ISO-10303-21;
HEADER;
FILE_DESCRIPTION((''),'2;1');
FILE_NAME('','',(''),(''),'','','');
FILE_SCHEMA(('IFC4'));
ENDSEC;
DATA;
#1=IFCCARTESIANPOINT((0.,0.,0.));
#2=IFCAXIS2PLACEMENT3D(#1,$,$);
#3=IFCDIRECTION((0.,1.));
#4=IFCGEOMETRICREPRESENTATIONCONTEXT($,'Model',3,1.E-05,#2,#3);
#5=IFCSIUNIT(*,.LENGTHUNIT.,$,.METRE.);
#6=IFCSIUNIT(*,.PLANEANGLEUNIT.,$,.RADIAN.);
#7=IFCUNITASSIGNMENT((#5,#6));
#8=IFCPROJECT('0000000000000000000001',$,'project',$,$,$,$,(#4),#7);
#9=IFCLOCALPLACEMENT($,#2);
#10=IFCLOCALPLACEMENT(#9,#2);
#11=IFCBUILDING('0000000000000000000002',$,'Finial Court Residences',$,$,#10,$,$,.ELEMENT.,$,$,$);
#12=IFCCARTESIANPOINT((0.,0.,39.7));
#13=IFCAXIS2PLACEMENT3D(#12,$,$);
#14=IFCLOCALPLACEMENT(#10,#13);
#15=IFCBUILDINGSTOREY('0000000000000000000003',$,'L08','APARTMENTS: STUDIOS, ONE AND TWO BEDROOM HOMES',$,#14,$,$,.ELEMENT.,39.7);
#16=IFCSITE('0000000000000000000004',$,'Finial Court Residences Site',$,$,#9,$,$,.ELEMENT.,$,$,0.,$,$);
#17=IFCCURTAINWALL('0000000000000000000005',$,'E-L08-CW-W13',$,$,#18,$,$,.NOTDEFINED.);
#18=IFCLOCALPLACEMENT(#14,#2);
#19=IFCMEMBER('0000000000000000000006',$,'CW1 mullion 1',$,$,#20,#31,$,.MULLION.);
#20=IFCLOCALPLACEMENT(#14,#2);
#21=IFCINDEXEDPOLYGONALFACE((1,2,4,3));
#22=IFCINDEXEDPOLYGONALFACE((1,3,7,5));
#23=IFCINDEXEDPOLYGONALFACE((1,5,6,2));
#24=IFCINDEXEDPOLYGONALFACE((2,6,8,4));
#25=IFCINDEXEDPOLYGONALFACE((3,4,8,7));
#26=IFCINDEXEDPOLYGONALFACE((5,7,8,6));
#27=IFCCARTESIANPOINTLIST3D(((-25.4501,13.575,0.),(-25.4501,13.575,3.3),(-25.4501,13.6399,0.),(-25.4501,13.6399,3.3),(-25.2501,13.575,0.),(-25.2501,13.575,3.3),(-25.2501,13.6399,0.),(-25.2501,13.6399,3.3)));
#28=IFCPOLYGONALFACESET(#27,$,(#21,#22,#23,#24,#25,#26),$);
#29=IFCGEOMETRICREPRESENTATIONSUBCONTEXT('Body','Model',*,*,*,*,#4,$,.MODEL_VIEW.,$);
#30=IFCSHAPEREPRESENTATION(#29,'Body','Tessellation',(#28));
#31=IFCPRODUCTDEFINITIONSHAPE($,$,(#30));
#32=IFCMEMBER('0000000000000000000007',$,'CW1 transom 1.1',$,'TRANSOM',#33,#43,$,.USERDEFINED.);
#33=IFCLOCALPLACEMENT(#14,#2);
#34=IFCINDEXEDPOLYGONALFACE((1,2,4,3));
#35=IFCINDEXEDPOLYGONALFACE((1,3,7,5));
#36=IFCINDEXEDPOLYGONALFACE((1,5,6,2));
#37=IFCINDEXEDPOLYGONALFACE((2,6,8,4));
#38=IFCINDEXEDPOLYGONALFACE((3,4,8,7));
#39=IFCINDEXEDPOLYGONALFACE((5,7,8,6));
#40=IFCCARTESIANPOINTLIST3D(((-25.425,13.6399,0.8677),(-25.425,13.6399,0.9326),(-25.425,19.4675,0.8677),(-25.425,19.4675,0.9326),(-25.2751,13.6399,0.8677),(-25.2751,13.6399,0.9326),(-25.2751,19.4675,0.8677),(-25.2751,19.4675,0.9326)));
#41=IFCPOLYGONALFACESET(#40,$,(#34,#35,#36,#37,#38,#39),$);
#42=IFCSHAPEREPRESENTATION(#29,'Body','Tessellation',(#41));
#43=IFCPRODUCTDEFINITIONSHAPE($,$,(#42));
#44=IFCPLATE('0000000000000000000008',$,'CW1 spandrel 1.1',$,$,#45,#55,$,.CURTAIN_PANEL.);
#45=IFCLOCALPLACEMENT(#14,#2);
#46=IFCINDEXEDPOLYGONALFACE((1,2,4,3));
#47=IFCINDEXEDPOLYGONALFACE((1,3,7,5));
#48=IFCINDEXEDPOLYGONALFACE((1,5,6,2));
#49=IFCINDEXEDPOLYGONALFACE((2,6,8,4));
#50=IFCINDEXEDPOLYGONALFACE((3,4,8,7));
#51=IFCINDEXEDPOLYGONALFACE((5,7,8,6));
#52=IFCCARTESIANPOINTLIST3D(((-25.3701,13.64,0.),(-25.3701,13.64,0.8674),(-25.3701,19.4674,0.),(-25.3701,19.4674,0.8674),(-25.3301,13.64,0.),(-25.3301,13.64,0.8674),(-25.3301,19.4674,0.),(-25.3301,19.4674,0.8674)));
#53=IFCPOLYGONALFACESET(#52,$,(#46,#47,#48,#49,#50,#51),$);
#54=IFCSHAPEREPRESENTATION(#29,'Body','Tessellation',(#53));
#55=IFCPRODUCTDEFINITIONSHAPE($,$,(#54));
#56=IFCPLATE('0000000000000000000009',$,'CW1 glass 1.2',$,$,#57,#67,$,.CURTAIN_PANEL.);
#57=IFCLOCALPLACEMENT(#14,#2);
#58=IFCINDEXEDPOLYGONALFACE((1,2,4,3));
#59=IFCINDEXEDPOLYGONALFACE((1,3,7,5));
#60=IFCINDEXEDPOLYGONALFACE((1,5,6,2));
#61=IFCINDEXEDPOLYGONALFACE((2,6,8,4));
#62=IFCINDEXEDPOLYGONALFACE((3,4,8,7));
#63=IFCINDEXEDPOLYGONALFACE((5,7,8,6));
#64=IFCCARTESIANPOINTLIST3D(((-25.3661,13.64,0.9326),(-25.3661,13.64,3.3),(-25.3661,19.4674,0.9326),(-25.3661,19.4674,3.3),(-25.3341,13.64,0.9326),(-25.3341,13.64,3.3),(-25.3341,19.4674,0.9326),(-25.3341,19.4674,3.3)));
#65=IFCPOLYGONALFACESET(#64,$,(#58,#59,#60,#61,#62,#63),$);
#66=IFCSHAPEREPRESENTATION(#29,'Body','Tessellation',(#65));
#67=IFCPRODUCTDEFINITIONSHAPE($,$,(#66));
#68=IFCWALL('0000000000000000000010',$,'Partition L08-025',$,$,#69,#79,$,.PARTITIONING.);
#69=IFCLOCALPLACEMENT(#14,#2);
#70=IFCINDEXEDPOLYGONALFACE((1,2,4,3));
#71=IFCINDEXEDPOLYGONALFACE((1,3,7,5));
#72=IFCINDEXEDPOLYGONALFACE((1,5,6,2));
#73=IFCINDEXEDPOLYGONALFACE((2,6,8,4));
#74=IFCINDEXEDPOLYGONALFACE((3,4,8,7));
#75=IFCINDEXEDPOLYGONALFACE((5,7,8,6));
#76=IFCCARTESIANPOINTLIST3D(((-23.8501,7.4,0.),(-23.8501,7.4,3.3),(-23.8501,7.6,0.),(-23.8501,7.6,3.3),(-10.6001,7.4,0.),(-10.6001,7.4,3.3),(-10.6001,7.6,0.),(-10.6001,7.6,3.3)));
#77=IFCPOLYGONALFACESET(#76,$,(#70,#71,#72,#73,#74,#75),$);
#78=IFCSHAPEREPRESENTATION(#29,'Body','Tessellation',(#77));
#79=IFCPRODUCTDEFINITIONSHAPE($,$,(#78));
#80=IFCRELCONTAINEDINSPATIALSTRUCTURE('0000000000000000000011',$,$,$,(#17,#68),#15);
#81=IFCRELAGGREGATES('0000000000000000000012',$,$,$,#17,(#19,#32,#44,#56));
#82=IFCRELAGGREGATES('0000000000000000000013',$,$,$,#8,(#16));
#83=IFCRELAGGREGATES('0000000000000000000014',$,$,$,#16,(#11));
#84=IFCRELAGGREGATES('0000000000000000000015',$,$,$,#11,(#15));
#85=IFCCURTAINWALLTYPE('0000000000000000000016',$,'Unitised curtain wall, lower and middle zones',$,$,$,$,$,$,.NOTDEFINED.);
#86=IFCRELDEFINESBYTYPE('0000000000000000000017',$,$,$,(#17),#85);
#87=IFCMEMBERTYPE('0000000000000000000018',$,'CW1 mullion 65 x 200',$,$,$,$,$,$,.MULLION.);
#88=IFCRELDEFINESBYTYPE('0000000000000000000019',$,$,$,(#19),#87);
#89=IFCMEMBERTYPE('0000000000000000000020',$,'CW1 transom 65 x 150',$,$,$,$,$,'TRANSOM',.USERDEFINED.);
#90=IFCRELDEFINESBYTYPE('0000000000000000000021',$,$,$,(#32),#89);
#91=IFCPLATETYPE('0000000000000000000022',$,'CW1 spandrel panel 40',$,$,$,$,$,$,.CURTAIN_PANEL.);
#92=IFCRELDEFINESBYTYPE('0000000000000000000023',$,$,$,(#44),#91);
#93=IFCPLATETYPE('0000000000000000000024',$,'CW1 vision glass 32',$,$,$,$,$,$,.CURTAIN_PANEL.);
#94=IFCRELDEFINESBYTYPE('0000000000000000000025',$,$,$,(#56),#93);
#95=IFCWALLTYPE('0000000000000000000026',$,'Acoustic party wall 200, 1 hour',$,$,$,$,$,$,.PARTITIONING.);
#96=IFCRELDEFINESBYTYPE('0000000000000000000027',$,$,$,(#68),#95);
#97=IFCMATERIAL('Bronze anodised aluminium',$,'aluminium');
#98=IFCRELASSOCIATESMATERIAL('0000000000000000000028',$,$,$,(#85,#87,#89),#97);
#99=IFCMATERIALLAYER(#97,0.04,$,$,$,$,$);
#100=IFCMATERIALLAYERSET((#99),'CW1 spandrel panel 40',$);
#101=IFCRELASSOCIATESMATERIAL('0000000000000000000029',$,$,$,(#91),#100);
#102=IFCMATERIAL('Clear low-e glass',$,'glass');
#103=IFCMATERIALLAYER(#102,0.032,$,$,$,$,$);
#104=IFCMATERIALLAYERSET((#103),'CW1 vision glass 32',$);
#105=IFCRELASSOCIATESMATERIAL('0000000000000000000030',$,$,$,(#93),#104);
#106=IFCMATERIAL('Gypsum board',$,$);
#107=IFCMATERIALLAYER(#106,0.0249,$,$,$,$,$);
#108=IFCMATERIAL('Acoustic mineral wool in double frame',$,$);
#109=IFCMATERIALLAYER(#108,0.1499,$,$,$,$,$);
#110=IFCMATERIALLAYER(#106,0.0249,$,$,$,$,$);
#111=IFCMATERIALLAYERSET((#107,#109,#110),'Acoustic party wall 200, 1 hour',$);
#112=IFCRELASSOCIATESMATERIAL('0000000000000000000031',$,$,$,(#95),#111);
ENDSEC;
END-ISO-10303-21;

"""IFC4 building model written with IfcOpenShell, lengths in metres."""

from ifc_helpers import new_model, si_unit, direction, frame, frame_2d, origin, origin_2d, place, context, subcontext, project, spatial, rectangle, extrude, material, layer, layer_set, material_profile, profile_set, type_object, element, aggregate, save


model = new_model("IFC4")

# Units and contexts
model_context = context("Model", 3, precision=1e-05, world=origin(), true_north=direction((0.0, 1.0)))
body_context = subcontext(model_context, "Body", "Model", "MODEL_VIEW")
ifc_project = project(units=[si_unit("LENGTHUNIT", "METRE"), si_unit("PLANEANGLEUNIT", "RADIAN")], contexts=[model_context])

# Site, building, storey
site_placement = place(None, origin())
site = spatial("IfcSite", under=ifc_project, at=site_placement, Name="Finial Court Residences Site", CompositionType="ELEMENT", RefElevation=0.0)
building_placement = place(site_placement, origin())
building = spatial("IfcBuilding", under=site, at=building_placement, Name="Finial Court Residences", CompositionType="ELEMENT")
storey_placement = place(building_placement, frame((0.0, 0.0, 39.7)))
storey = spatial("IfcBuildingStorey", under=building, at=storey_placement, Name="L08", Description="APARTMENTS: STUDIOS, ONE AND TWO BEDROOM HOMES", CompositionType="ELEMENT", Elevation=39.7)

# Curtain wall, members, plates
ifc_material_1 = material(Name="Bronze anodised aluminium", Category="aluminium")
curtain_wall_type = type_object("IfcCurtainWallType", Name="Unitised curtain wall, lower and middle zones", PredefinedType="NOTDEFINED", material=ifc_material_1)
curtain_wall_placement = place(storey_placement, origin())
curtain_wall = element("IfcCurtainWall", 1, at=curtain_wall_placement, inside=storey, type_object=curtain_wall_type, Name="E-L08-CW-W13", PredefinedType="NOTDEFINED")
ifc_material_profile_1 = material_profile(ifc_material_1, rectangle(XDim=0.2, YDim=0.0649, at=origin_2d()), Name="CW1 mullion 65 x 200")
ifc_profile_set_1 = profile_set([ifc_material_profile_1], Name="Bronze anodised aluminium")
member_type_1 = type_object("IfcMemberType", Name="CW1 mullion 65 x 200", PredefinedType="MULLION", material=ifc_profile_set_1)
member_1_placement = place(storey_placement, frame((-25.3501, 13.6074, 0.0), z_axis=(0.0, 0.0, 1.0), x_axis=(-1.0, 0.0, 0.0)))
member_1 = element("IfcMember", 2, at=member_1_placement, type_object=member_type_1, Name="CW1 mullion 1", PredefinedType="MULLION", context=body_context, shape_type="SweptSolid", body=[
    extrude(rectangle(XDim=0.2, YDim=0.0649, at=origin_2d()), origin(), (0.0, 0.0, 1.0), 3.3),
])
ifc_material_profile_2 = material_profile(ifc_material_1, rectangle(XDim=0.1499, YDim=0.0649, at=origin_2d()), Name="CW1 transom 65 x 150")
ifc_profile_set_2 = profile_set([ifc_material_profile_2], Name="Bronze anodised aluminium")
member_type_2 = type_object("IfcMemberType", Name="CW1 transom 65 x 150", ElementType="TRANSOM", PredefinedType="USERDEFINED", material=ifc_profile_set_2)
member_2_placement = place(storey_placement, frame((-25.3501, 13.6399, 0.9001), z_axis=(0.0, 1.0, 0.0), x_axis=(-1.0, 0.0, 0.0)))
member_2 = element("IfcMember", 3, at=member_2_placement, type_object=member_type_2, Name="CW1 transom 1.1", ObjectType="TRANSOM", PredefinedType="USERDEFINED", context=body_context, shape_type="SweptSolid", body=[
    extrude(rectangle(XDim=0.1499, YDim=0.0649, at=origin_2d()), origin(), (0.0, 0.0, 1.0), 5.8276),
])
ifc_layer_1 = layer(ifc_material_1, 0.04)
ifc_layer_set_1 = layer_set([ifc_layer_1], Name="CW1 spandrel panel 40")
plate_type_1 = type_object("IfcPlateType", Name="CW1 spandrel panel 40", PredefinedType="CURTAIN_PANEL", material=ifc_layer_set_1)
plate_1_placement = place(storey_placement, frame((-25.3501, 16.5537, 0.0), z_axis=(0.0, 0.0, 1.0), x_axis=(0.0, 1.0, 0.0)))
plate_1 = element("IfcPlate", 4, at=plate_1_placement, type_object=plate_type_1, Name="CW1 spandrel 1.1", PredefinedType="CURTAIN_PANEL", context=body_context, shape_type="SweptSolid", body=[
    extrude(rectangle(XDim=5.8274, YDim=0.04, at=origin_2d()), origin(), (0.0, 0.0, 1.0), 0.8674),
])
ifc_material_2 = material(Name="Clear low-e glass", Category="glass")
ifc_layer_2 = layer(ifc_material_2, 0.032)
ifc_layer_set_2 = layer_set([ifc_layer_2], Name="CW1 vision glass 32")
plate_type_2 = type_object("IfcPlateType", Name="CW1 vision glass 32", PredefinedType="CURTAIN_PANEL", material=ifc_layer_set_2)
plate_2_placement = place(storey_placement, frame((-25.3501, 16.5537, 0.9326), z_axis=(0.0, 0.0, 1.0), x_axis=(0.0, 1.0, 0.0)))
plate_2 = element("IfcPlate", 5, at=plate_2_placement, type_object=plate_type_2, Name="CW1 glass 1.2", PredefinedType="CURTAIN_PANEL", context=body_context, shape_type="SweptSolid", body=[
    extrude(rectangle(XDim=5.8274, YDim=0.032, at=origin_2d()), origin(), (0.0, 0.0, 1.0), 2.3674),
])
aggregate(curtain_wall, [member_1, member_2, plate_1, plate_2])

# Wall
ifc_material_3 = material(Name="Gypsum board")
ifc_layer_3 = layer(ifc_material_3, 0.0249)
ifc_material_4 = material(Name="Acoustic mineral wool in double frame")
ifc_layer_4 = layer(ifc_material_4, 0.1499)
ifc_layer_5 = layer(ifc_material_3, 0.0249)
ifc_layer_set_3 = layer_set([ifc_layer_3, ifc_layer_4, ifc_layer_5], Name="Acoustic party wall 200, 1 hour")
wall_type_1 = type_object("IfcWallType", Name="Acoustic party wall 200, 1 hour", PredefinedType="PARTITIONING", material=ifc_layer_set_3)
wall_1_placement = place(storey_placement, frame((-23.8501, 7.5, 0.0), z_axis=(0.0, 0.0, 1.0), x_axis=(1.0, 0.0, 0.0)))
element("IfcWall", 6, at=wall_1_placement, inside=storey, type_object=wall_type_1, Name="Partition L08-025", PredefinedType="PARTITIONING", context=body_context, shape_type="SweptSolid", body=[
    extrude(rectangle(XDim=13.25, YDim=0.2, at=frame_2d((6.625, 0.0))), origin(), (0.0, 0.0, 1.0), 3.3),
])

save(model, "model.ifc")
